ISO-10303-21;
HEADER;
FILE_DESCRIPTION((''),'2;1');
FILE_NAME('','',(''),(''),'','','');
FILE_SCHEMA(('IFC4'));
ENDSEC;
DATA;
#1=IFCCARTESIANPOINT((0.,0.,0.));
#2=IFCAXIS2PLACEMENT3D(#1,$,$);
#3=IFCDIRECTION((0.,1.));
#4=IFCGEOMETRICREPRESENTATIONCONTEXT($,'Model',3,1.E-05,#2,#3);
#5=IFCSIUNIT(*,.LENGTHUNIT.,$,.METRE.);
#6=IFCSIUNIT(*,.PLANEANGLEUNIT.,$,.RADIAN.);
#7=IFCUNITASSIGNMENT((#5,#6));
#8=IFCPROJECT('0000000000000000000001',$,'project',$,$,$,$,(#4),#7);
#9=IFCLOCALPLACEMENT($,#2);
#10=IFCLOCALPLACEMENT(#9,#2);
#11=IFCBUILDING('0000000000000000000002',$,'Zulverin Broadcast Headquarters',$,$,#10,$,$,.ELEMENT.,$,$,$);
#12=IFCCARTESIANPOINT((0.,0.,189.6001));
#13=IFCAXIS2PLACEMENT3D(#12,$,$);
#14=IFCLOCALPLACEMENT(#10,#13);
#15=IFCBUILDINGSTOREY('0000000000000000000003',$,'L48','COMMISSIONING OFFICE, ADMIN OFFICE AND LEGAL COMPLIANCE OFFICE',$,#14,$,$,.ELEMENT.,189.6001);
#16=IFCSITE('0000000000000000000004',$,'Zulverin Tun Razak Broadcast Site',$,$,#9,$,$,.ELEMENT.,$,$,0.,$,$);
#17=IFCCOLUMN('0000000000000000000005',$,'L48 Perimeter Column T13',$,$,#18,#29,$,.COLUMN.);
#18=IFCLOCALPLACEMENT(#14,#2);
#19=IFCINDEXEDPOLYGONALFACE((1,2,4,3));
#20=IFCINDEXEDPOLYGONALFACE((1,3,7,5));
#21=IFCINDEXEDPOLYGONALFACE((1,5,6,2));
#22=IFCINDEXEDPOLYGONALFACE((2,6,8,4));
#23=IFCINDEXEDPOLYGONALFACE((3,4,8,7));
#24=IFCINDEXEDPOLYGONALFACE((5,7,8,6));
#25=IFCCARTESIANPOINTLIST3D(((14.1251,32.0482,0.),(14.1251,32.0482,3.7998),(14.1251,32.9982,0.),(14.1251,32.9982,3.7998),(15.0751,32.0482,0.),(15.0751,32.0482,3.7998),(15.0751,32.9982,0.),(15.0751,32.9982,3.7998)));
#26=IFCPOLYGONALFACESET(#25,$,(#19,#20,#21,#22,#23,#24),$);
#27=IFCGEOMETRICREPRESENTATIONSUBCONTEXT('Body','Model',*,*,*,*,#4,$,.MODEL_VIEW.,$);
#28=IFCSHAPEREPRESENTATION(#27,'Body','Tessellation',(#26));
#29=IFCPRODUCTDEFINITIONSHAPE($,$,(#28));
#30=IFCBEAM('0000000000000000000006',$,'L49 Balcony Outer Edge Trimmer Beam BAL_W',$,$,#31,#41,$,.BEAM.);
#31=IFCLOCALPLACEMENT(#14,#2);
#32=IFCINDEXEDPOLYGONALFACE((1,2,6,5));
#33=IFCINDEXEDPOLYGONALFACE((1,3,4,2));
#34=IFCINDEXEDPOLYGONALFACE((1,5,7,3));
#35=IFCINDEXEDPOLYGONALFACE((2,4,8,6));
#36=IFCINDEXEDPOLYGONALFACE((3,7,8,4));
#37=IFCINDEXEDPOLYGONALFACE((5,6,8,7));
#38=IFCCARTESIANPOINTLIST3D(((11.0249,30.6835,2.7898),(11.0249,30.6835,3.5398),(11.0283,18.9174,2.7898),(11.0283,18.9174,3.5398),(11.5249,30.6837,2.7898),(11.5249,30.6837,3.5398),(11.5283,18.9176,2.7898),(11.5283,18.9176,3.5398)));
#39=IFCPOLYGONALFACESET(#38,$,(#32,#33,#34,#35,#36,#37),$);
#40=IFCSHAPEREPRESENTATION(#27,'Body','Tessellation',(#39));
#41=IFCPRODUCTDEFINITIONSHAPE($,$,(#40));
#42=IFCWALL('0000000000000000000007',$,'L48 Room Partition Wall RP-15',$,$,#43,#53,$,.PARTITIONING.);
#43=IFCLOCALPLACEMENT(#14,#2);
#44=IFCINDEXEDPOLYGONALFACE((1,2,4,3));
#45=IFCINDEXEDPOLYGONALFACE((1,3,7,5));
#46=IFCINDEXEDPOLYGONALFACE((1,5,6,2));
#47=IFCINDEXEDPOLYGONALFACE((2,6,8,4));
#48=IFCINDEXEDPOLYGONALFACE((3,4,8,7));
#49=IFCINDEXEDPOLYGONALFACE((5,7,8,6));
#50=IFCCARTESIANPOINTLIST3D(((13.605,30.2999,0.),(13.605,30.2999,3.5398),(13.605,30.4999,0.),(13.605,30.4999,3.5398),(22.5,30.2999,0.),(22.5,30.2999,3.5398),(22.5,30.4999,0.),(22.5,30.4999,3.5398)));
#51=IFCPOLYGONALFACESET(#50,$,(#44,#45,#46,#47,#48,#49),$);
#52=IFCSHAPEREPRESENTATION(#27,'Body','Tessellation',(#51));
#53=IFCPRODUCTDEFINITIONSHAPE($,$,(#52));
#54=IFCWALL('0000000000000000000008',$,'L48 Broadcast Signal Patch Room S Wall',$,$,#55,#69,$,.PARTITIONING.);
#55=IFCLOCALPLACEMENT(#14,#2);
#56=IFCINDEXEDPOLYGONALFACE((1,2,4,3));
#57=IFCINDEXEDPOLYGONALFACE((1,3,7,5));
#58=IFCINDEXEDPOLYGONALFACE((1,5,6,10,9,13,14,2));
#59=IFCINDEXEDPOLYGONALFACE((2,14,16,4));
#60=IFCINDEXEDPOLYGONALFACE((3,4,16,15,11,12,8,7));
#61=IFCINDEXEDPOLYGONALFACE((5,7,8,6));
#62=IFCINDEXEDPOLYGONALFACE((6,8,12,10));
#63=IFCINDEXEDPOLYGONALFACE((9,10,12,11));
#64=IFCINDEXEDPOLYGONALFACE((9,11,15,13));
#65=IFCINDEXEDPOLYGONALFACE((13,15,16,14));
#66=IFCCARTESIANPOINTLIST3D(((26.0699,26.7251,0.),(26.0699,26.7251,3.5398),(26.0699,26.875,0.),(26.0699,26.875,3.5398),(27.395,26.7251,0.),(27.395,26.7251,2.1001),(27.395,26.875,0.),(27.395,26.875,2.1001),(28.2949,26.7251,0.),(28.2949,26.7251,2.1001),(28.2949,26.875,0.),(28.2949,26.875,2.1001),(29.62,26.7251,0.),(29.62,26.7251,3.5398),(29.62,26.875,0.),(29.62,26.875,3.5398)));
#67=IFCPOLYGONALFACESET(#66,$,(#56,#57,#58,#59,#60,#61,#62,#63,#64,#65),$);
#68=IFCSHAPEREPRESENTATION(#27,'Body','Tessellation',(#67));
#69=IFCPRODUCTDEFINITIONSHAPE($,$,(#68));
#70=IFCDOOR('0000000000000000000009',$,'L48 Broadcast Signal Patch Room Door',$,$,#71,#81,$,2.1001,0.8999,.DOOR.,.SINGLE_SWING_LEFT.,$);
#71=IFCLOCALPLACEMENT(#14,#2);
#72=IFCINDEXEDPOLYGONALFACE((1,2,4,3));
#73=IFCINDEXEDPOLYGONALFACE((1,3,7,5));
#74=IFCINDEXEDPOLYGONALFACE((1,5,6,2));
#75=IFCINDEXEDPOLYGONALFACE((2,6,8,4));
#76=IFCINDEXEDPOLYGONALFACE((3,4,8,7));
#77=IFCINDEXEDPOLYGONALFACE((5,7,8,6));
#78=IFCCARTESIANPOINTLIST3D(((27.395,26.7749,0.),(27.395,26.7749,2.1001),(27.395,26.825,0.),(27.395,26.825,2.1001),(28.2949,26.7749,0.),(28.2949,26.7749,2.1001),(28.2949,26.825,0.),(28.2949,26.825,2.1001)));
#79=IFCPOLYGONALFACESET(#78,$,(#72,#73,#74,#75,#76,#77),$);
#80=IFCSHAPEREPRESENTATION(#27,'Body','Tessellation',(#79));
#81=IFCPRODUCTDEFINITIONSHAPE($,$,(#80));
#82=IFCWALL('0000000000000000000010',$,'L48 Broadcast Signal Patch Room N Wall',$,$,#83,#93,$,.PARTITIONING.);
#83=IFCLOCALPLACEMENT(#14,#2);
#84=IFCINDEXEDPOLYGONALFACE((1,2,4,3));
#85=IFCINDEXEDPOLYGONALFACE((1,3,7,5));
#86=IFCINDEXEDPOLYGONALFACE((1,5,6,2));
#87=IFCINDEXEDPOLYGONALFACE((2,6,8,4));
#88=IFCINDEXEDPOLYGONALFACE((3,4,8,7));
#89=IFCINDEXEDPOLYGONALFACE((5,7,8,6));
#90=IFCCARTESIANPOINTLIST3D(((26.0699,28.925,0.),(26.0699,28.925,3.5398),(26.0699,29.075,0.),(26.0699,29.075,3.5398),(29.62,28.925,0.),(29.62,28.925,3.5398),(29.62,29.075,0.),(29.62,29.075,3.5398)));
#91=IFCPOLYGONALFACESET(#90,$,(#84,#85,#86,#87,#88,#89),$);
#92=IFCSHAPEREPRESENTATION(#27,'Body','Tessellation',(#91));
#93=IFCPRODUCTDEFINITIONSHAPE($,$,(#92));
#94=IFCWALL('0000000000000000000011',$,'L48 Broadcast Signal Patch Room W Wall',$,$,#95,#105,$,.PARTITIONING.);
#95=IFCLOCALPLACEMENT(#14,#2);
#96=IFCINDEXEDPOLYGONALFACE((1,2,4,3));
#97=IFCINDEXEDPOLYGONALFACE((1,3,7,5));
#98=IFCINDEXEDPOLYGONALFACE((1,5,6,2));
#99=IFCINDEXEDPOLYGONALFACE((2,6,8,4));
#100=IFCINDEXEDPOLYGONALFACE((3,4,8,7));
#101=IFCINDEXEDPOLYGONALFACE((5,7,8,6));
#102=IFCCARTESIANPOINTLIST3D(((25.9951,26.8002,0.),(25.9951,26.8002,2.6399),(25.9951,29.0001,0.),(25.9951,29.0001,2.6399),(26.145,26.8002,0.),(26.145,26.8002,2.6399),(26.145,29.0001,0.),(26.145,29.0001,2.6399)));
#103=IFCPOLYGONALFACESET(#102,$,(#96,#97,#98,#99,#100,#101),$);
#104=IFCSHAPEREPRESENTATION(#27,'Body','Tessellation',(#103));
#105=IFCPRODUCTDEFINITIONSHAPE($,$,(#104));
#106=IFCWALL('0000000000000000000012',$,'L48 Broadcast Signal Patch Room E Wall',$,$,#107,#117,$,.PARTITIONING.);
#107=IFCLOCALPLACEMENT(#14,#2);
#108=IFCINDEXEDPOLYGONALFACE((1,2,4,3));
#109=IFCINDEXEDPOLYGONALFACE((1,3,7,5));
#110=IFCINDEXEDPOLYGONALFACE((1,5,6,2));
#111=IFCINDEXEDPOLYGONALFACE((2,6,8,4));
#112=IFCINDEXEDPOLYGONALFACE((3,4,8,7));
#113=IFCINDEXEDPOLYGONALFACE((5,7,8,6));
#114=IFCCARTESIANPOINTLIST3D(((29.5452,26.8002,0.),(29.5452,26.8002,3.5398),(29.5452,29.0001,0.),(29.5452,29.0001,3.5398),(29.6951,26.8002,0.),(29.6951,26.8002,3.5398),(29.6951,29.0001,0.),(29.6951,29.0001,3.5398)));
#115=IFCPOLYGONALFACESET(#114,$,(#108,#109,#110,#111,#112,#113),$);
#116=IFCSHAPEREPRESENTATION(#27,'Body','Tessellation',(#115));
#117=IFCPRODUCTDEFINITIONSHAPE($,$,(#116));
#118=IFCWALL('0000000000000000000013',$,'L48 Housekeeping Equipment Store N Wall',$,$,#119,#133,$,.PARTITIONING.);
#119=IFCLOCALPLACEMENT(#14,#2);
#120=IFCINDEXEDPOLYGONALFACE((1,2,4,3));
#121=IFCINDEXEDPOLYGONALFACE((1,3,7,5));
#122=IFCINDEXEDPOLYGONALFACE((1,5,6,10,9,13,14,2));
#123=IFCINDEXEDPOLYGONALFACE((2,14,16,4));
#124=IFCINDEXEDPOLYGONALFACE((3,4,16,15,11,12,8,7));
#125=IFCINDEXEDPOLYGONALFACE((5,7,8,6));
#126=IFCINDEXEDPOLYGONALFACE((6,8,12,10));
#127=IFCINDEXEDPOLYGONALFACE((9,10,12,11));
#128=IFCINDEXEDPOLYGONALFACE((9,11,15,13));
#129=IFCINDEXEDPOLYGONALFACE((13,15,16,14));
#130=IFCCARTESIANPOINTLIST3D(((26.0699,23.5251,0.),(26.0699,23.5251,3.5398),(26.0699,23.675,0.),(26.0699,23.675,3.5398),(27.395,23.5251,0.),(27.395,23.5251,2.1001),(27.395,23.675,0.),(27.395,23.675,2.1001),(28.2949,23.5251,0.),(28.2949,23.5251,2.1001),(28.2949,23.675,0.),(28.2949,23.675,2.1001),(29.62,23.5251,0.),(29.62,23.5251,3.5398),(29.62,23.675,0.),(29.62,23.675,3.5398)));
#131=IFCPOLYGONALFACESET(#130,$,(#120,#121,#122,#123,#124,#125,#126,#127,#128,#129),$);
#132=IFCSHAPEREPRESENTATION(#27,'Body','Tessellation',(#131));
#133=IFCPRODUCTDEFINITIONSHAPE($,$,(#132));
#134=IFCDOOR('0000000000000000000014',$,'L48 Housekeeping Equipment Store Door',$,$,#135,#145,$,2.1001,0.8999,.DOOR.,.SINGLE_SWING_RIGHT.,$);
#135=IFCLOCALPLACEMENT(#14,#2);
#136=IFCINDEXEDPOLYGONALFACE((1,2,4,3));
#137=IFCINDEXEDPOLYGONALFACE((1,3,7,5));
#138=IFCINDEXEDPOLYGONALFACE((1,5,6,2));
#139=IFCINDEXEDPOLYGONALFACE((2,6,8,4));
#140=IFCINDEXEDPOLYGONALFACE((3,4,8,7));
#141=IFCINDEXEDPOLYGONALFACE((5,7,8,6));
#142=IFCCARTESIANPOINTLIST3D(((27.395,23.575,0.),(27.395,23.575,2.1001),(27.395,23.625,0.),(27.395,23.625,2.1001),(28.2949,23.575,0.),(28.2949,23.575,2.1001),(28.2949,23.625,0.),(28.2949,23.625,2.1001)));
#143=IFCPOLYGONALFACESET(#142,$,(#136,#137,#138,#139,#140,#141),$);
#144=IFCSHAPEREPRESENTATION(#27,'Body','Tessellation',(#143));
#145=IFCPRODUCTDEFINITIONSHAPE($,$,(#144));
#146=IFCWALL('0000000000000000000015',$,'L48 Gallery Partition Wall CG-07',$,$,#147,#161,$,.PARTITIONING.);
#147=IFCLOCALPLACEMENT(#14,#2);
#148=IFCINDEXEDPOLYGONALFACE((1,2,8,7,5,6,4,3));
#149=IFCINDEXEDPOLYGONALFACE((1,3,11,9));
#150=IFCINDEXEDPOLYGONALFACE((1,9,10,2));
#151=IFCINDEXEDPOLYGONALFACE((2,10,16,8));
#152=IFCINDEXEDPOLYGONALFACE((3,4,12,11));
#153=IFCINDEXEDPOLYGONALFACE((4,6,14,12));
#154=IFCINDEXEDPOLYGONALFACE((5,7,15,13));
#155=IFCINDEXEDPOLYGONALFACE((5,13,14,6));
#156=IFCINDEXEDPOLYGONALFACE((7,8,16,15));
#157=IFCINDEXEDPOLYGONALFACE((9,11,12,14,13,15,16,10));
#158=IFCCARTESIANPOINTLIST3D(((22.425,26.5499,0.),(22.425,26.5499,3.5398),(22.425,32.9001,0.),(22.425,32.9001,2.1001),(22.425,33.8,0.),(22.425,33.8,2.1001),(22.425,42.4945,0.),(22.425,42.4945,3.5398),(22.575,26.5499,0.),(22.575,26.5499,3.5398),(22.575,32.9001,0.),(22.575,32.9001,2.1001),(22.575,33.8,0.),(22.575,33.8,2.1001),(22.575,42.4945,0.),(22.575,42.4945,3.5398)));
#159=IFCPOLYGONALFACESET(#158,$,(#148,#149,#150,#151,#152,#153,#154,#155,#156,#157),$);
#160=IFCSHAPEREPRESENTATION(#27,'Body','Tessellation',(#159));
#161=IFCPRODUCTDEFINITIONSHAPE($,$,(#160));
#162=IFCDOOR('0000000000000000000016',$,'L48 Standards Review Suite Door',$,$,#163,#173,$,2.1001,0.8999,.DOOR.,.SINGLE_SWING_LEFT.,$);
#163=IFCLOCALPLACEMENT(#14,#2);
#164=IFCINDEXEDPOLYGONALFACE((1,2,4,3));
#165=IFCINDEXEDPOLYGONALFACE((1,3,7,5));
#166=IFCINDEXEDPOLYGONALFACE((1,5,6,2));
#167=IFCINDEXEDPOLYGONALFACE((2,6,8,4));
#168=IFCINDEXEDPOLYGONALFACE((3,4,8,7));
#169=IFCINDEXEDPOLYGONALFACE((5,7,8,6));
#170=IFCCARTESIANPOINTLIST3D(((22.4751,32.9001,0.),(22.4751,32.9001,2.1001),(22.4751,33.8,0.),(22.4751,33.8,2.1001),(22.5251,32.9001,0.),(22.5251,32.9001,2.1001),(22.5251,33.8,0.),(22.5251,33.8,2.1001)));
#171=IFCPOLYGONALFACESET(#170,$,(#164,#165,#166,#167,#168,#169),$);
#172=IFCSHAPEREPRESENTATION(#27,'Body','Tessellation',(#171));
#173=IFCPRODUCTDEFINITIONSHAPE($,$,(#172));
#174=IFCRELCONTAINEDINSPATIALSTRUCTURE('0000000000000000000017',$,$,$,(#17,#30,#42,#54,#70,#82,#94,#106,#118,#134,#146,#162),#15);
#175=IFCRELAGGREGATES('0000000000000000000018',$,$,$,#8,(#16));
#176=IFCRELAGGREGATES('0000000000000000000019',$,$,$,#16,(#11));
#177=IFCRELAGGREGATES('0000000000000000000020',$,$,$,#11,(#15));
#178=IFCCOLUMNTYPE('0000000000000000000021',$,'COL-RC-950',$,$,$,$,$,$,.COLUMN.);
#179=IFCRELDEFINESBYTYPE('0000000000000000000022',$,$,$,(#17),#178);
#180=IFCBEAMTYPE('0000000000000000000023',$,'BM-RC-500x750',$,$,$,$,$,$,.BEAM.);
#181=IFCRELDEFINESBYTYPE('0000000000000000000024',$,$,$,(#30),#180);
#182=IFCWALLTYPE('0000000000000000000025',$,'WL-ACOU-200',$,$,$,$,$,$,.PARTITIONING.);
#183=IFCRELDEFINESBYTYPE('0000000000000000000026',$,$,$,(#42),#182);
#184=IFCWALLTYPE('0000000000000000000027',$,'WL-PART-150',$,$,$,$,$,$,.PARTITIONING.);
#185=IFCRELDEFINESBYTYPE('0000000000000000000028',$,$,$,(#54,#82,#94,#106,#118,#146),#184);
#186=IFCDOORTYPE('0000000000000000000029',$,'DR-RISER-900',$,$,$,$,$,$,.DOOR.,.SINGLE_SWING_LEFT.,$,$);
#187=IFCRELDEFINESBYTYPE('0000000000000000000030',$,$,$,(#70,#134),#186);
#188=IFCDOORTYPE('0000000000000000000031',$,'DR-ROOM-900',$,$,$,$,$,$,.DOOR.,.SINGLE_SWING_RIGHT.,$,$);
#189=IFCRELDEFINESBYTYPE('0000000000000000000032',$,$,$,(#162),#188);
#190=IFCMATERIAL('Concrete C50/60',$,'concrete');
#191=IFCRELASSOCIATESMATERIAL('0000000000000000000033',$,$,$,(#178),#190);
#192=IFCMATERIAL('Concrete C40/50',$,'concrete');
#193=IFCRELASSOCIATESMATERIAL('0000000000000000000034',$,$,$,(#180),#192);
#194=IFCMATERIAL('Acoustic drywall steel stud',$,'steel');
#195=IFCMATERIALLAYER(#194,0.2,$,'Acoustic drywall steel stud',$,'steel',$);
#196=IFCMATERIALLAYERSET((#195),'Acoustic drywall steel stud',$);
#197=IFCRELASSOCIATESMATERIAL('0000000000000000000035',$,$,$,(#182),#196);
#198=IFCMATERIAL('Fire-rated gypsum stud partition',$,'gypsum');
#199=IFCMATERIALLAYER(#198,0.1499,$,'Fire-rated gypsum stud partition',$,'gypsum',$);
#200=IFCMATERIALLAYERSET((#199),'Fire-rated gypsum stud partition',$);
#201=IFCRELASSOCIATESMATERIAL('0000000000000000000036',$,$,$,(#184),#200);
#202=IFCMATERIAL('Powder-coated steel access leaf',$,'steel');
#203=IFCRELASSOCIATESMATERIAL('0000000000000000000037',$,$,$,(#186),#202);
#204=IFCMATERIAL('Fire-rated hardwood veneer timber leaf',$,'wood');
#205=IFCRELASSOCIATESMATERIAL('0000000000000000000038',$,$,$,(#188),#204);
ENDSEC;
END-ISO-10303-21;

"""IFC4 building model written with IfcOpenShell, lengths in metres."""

from ifc_helpers import new_model, si_unit, direction, frame, frame_2d, origin, origin_2d, place, context, subcontext, project, spatial, rectangle, extrude, material, layer, layer_set, material_profile, profile_set, type_object, element, fill, save


model = new_model("IFC4")

# Units and contexts
model_context = context("Model", 3, precision=1e-05, world=origin(), true_north=direction((0.0, 1.0)))
body_context = subcontext(model_context, "Body", "Model", "MODEL_VIEW")
ifc_project = project(units=[si_unit("LENGTHUNIT", "METRE"), si_unit("PLANEANGLEUNIT", "RADIAN")], contexts=[model_context])

# Site, building, storey
site_placement = place(None, origin())
site = spatial("IfcSite", under=ifc_project, at=site_placement, Name="Zulverin Tun Razak Broadcast Site", CompositionType="ELEMENT", RefElevation=0.0)
building_placement = place(site_placement, origin())
building = spatial("IfcBuilding", under=site, at=building_placement, Name="Zulverin Broadcast Headquarters", CompositionType="ELEMENT")
storey_placement = place(building_placement, frame((0.0, 0.0, 189.6001)))
storey = spatial("IfcBuildingStorey", under=building, at=storey_placement, Name="L48", Description="COMMISSIONING OFFICE, ADMIN OFFICE AND LEGAL COMPLIANCE OFFICE", CompositionType="ELEMENT", Elevation=189.6001)

# Column
ifc_material_1 = material(Name="Concrete C50/60", Category="concrete")
ifc_material_profile_1 = material_profile(ifc_material_1, rectangle(XDim=0.95, YDim=0.95, at=origin_2d()), Name="Concrete C50/60", Category="concrete")
ifc_profile_set_1 = profile_set([ifc_material_profile_1], Name="Concrete C50/60")
column_type = type_object("IfcColumnType", Name="COL-RC-950", PredefinedType="COLUMN", material=ifc_profile_set_1)
column_placement = place(storey_placement, frame((14.6001, 32.5232, 0.0), z_axis=(0.0, 0.0, 1.0), x_axis=(1.0, 0.0, 0.0)))
element("IfcColumn", 1, at=column_placement, inside=storey, type_object=column_type, Name="L48 Perimeter Column T13", PredefinedType="COLUMN", context=body_context, shape_type="SweptSolid", body=[
    extrude(rectangle(XDim=0.95, YDim=0.95, at=origin_2d()), origin(), (0.0, 0.0, 1.0), 3.7998),
])

# Beam
ifc_material_2 = material(Name="Concrete C40/50", Category="concrete")
ifc_material_profile_2 = material_profile(ifc_material_2, rectangle(XDim=0.5, YDim=0.75, at=origin_2d()), Name="Concrete C40/50", Category="concrete")
ifc_profile_set_2 = profile_set([ifc_material_profile_2], Name="Concrete C40/50")
beam_type = type_object("IfcBeamType", Name="BM-RC-500x750", PredefinedType="BEAM", material=ifc_profile_set_2)
beam_placement = place(storey_placement, frame((11.2749, 30.6836, 3.1648), z_axis=(0.00029, -1.0, 0.0), x_axis=(1.0, 0.00029, 0.0)))
element("IfcBeam", 2, at=beam_placement, inside=storey, type_object=beam_type, Name="L49 Balcony Outer Edge Trimmer Beam BAL_W", PredefinedType="BEAM", context=body_context, shape_type="SweptSolid", body=[
    extrude(rectangle(XDim=0.5, YDim=0.75, at=origin_2d()), origin(), (0.0, 0.0, 1.0), 11.7661),
])

# Wall
ifc_material_3 = material(Name="Acoustic drywall steel stud", Category="steel")
ifc_layer_1 = layer(ifc_material_3, 0.2, Name="Acoustic drywall steel stud", Category="steel")
ifc_layer_set_1 = layer_set([ifc_layer_1], Name="Acoustic drywall steel stud")
wall_type_1 = type_object("IfcWallType", Name="WL-ACOU-200", PredefinedType="PARTITIONING", material=ifc_layer_set_1)
wall_1_placement = place(storey_placement, frame((13.605, 30.3999, 0.0), z_axis=(0.0, 0.0, 1.0), x_axis=(1.0, 0.0, 0.0)))
element("IfcWall", 3, at=wall_1_placement, inside=storey, type_object=wall_type_1, Name="L48 Room Partition Wall RP-15", PredefinedType="PARTITIONING", context=body_context, shape_type="SweptSolid", body=[
    extrude(rectangle(XDim=8.895, YDim=0.2, at=frame_2d((4.4475, 0.0))), origin(), (0.0, 0.0, 1.0), 3.5398),
])

# Wall, opening, door
ifc_material_4 = material(Name="Fire-rated gypsum stud partition", Category="gypsum")
ifc_layer_2 = layer(ifc_material_4, 0.1499, Name="Fire-rated gypsum stud partition", Category="gypsum")
ifc_layer_set_2 = layer_set([ifc_layer_2], Name="Fire-rated gypsum stud partition")
wall_type_2 = type_object("IfcWallType", Name="WL-PART-150", PredefinedType="PARTITIONING", material=ifc_layer_set_2)
wall_2_placement = place(storey_placement, frame((26.0701, 26.8, 0.0), z_axis=(0.0, 0.0, 1.0), x_axis=(1.0, 0.0, 0.0)))
wall_2 = element("IfcWall", 4, at=wall_2_placement, inside=storey, type_object=wall_type_2, Name="L48 Broadcast Signal Patch Room S Wall", PredefinedType="PARTITIONING", context=body_context, shape_type="SweptSolid", body=[
    extrude(rectangle(XDim=3.55, YDim=0.1499, at=frame_2d((1.7749, 0.0))), origin(), (0.0, 0.0, 1.0), 3.5398),
])
opening_1_placement = place(wall_2_placement, frame((1.325, 0.0, 0.0)))
opening_1 = element("IfcOpeningElement", 5, at=opening_1_placement, cuts=wall_2, PredefinedType="OPENING", context=body_context, shape_type="SweptSolid", body=[
    extrude(rectangle(XDim=0.8999, YDim=2.1001, at=frame_2d((0.45, 1.05))), frame((0.0, 0.085, 0.0), z_axis=(0.0, -1.0, 0.0), x_axis=(1.0, 0.0, 0.0)), (0.0, 0.0, 1.0), 0.1699),
])
ifc_material_5 = material(Name="Powder-coated steel access leaf", Category="steel")
door_type_1 = type_object("IfcDoorType", Name="DR-RISER-900", OperationType="SINGLE_SWING_LEFT", PredefinedType="DOOR", material=ifc_material_5)
door_1_placement = place(opening_1_placement, origin())
door_1 = element("IfcDoor", 6, at=door_1_placement, inside=storey, type_object=door_type_1, Name="L48 Broadcast Signal Patch Room Door", OperationType="SINGLE_SWING_LEFT", OverallHeight=2.1001, OverallWidth=0.8999, PredefinedType="DOOR", context=body_context, shape_type="SweptSolid", body=[
    extrude(rectangle(XDim=0.8999, YDim=2.1001, at=frame_2d((0.45, 1.05))), frame((0.0, 0.0249, 0.0), z_axis=(0.0, -1.0, 0.0), x_axis=(1.0, 0.0, 0.0)), (0.0, 0.0, 1.0), 0.05),
])
fill(opening_1, door_1)

# Walls
wall_3_placement = place(storey_placement, frame((26.0701, 29.0, 0.0), z_axis=(0.0, 0.0, 1.0), x_axis=(1.0, 0.0, 0.0)))
element("IfcWall", 7, at=wall_3_placement, inside=storey, type_object=wall_type_2, Name="L48 Broadcast Signal Patch Room N Wall", PredefinedType="PARTITIONING", context=body_context, shape_type="SweptSolid", body=[
    extrude(rectangle(XDim=3.55, YDim=0.1499, at=frame_2d((1.7749, 0.0))), origin(), (0.0, 0.0, 1.0), 3.5398),
])
wall_4_placement = place(storey_placement, frame((26.0701, 26.8, 0.0), z_axis=(0.0, 0.0, 1.0), x_axis=(0.0, 1.0, 0.0)))
element("IfcWall", 8, at=wall_4_placement, inside=storey, type_object=wall_type_2, Name="L48 Broadcast Signal Patch Room W Wall", PredefinedType="PARTITIONING", context=body_context, shape_type="SweptSolid", body=[
    extrude(rectangle(XDim=2.2, YDim=0.1499, at=frame_2d((1.1001, 0.0))), origin(), (0.0, 0.0, 1.0), 2.6399),
])
wall_5_placement = place(storey_placement, frame((29.6201, 26.8, 0.0), z_axis=(0.0, 0.0, 1.0), x_axis=(0.0, 1.0, 0.0)))
element("IfcWall", 9, at=wall_5_placement, inside=storey, type_object=wall_type_2, Name="L48 Broadcast Signal Patch Room E Wall", PredefinedType="PARTITIONING", context=body_context, shape_type="SweptSolid", body=[
    extrude(rectangle(XDim=2.2, YDim=0.1499, at=frame_2d((1.1001, 0.0))), origin(), (0.0, 0.0, 1.0), 3.5398),
])

# Walls, openings, doors
wall_6_placement = place(storey_placement, frame((26.0701, 23.6001, 0.0), z_axis=(0.0, 0.0, 1.0), x_axis=(1.0, 0.0, 0.0)))
wall_6 = element("IfcWall", 10, at=wall_6_placement, inside=storey, type_object=wall_type_2, Name="L48 Housekeeping Equipment Store N Wall", PredefinedType="PARTITIONING", context=body_context, shape_type="SweptSolid", body=[
    extrude(rectangle(XDim=3.55, YDim=0.1499, at=frame_2d((1.7749, 0.0))), origin(), (0.0, 0.0, 1.0), 3.5398),
])
opening_2_placement = place(wall_6_placement, frame((1.325, 0.0, 0.0)))
opening_2 = element("IfcOpeningElement", 11, at=opening_2_placement, cuts=wall_6, PredefinedType="OPENING", context=body_context, shape_type="SweptSolid", body=[
    extrude(rectangle(XDim=0.8999, YDim=2.1001, at=frame_2d((0.45, 1.05))), frame((0.0, 0.085, 0.0), z_axis=(0.0, -1.0, 0.0), x_axis=(1.0, 0.0, 0.0)), (0.0, 0.0, 1.0), 0.1699),
])
door_2_placement = place(opening_2_placement, origin())
door_2 = element("IfcDoor", 12, at=door_2_placement, inside=storey, type_object=door_type_1, Name="L48 Housekeeping Equipment Store Door", OperationType="SINGLE_SWING_RIGHT", OverallHeight=2.1001, OverallWidth=0.8999, PredefinedType="DOOR", context=body_context, shape_type="SweptSolid", body=[
    extrude(rectangle(XDim=0.8999, YDim=2.1001, at=frame_2d((0.45, 1.05))), frame((0.0, 0.0249, 0.0), z_axis=(0.0, -1.0, 0.0), x_axis=(1.0, 0.0, 0.0)), (0.0, 0.0, 1.0), 0.05),
])
fill(opening_2, door_2)
wall_7_placement = place(storey_placement, frame((22.5, 26.55, 0.0), z_axis=(0.0, 0.0, 1.0), x_axis=(0.0, 1.0, 0.0)))
wall_7 = element("IfcWall", 13, at=wall_7_placement, inside=storey, type_object=wall_type_2, Name="L48 Gallery Partition Wall CG-07", PredefinedType="PARTITIONING", context=body_context, shape_type="SweptSolid", body=[
    extrude(rectangle(XDim=15.9446, YDim=0.1499, at=frame_2d((7.9722, 0.0))), origin(), (0.0, 0.0, 1.0), 3.5398),
])
opening_3_placement = place(wall_7_placement, frame((6.3501, 0.0, 0.0)))
opening_3 = element("IfcOpeningElement", 14, at=opening_3_placement, cuts=wall_7, PredefinedType="OPENING", context=body_context, shape_type="SweptSolid", body=[
    extrude(rectangle(XDim=0.8999, YDim=2.1001, at=frame_2d((0.45, 1.05))), frame((0.0, 0.085, 0.0), z_axis=(0.0, -1.0, 0.0), x_axis=(1.0, 0.0, 0.0)), (0.0, 0.0, 1.0), 0.1699),
])
ifc_material_6 = material(Name="Fire-rated hardwood veneer timber leaf", Category="wood")
door_type_2 = type_object("IfcDoorType", Name="DR-ROOM-900", OperationType="SINGLE_SWING_RIGHT", PredefinedType="DOOR", material=ifc_material_6)
door_3_placement = place(opening_3_placement, origin())
door_3 = element("IfcDoor", 15, at=door_3_placement, inside=storey, type_object=door_type_2, Name="L48 Standards Review Suite Door", OperationType="SINGLE_SWING_LEFT", OverallHeight=2.1001, OverallWidth=0.8999, PredefinedType="DOOR", context=body_context, shape_type="SweptSolid", body=[
    extrude(rectangle(XDim=0.8999, YDim=2.1001, at=frame_2d((0.45, 1.05))), frame((0.0, 0.0249, 0.0), z_axis=(0.0, -1.0, 0.0), x_axis=(1.0, 0.0, 0.0)), (0.0, 0.0, 1.0), 0.05),
])
fill(opening_3, door_3)

save(model, "model.ifc")
